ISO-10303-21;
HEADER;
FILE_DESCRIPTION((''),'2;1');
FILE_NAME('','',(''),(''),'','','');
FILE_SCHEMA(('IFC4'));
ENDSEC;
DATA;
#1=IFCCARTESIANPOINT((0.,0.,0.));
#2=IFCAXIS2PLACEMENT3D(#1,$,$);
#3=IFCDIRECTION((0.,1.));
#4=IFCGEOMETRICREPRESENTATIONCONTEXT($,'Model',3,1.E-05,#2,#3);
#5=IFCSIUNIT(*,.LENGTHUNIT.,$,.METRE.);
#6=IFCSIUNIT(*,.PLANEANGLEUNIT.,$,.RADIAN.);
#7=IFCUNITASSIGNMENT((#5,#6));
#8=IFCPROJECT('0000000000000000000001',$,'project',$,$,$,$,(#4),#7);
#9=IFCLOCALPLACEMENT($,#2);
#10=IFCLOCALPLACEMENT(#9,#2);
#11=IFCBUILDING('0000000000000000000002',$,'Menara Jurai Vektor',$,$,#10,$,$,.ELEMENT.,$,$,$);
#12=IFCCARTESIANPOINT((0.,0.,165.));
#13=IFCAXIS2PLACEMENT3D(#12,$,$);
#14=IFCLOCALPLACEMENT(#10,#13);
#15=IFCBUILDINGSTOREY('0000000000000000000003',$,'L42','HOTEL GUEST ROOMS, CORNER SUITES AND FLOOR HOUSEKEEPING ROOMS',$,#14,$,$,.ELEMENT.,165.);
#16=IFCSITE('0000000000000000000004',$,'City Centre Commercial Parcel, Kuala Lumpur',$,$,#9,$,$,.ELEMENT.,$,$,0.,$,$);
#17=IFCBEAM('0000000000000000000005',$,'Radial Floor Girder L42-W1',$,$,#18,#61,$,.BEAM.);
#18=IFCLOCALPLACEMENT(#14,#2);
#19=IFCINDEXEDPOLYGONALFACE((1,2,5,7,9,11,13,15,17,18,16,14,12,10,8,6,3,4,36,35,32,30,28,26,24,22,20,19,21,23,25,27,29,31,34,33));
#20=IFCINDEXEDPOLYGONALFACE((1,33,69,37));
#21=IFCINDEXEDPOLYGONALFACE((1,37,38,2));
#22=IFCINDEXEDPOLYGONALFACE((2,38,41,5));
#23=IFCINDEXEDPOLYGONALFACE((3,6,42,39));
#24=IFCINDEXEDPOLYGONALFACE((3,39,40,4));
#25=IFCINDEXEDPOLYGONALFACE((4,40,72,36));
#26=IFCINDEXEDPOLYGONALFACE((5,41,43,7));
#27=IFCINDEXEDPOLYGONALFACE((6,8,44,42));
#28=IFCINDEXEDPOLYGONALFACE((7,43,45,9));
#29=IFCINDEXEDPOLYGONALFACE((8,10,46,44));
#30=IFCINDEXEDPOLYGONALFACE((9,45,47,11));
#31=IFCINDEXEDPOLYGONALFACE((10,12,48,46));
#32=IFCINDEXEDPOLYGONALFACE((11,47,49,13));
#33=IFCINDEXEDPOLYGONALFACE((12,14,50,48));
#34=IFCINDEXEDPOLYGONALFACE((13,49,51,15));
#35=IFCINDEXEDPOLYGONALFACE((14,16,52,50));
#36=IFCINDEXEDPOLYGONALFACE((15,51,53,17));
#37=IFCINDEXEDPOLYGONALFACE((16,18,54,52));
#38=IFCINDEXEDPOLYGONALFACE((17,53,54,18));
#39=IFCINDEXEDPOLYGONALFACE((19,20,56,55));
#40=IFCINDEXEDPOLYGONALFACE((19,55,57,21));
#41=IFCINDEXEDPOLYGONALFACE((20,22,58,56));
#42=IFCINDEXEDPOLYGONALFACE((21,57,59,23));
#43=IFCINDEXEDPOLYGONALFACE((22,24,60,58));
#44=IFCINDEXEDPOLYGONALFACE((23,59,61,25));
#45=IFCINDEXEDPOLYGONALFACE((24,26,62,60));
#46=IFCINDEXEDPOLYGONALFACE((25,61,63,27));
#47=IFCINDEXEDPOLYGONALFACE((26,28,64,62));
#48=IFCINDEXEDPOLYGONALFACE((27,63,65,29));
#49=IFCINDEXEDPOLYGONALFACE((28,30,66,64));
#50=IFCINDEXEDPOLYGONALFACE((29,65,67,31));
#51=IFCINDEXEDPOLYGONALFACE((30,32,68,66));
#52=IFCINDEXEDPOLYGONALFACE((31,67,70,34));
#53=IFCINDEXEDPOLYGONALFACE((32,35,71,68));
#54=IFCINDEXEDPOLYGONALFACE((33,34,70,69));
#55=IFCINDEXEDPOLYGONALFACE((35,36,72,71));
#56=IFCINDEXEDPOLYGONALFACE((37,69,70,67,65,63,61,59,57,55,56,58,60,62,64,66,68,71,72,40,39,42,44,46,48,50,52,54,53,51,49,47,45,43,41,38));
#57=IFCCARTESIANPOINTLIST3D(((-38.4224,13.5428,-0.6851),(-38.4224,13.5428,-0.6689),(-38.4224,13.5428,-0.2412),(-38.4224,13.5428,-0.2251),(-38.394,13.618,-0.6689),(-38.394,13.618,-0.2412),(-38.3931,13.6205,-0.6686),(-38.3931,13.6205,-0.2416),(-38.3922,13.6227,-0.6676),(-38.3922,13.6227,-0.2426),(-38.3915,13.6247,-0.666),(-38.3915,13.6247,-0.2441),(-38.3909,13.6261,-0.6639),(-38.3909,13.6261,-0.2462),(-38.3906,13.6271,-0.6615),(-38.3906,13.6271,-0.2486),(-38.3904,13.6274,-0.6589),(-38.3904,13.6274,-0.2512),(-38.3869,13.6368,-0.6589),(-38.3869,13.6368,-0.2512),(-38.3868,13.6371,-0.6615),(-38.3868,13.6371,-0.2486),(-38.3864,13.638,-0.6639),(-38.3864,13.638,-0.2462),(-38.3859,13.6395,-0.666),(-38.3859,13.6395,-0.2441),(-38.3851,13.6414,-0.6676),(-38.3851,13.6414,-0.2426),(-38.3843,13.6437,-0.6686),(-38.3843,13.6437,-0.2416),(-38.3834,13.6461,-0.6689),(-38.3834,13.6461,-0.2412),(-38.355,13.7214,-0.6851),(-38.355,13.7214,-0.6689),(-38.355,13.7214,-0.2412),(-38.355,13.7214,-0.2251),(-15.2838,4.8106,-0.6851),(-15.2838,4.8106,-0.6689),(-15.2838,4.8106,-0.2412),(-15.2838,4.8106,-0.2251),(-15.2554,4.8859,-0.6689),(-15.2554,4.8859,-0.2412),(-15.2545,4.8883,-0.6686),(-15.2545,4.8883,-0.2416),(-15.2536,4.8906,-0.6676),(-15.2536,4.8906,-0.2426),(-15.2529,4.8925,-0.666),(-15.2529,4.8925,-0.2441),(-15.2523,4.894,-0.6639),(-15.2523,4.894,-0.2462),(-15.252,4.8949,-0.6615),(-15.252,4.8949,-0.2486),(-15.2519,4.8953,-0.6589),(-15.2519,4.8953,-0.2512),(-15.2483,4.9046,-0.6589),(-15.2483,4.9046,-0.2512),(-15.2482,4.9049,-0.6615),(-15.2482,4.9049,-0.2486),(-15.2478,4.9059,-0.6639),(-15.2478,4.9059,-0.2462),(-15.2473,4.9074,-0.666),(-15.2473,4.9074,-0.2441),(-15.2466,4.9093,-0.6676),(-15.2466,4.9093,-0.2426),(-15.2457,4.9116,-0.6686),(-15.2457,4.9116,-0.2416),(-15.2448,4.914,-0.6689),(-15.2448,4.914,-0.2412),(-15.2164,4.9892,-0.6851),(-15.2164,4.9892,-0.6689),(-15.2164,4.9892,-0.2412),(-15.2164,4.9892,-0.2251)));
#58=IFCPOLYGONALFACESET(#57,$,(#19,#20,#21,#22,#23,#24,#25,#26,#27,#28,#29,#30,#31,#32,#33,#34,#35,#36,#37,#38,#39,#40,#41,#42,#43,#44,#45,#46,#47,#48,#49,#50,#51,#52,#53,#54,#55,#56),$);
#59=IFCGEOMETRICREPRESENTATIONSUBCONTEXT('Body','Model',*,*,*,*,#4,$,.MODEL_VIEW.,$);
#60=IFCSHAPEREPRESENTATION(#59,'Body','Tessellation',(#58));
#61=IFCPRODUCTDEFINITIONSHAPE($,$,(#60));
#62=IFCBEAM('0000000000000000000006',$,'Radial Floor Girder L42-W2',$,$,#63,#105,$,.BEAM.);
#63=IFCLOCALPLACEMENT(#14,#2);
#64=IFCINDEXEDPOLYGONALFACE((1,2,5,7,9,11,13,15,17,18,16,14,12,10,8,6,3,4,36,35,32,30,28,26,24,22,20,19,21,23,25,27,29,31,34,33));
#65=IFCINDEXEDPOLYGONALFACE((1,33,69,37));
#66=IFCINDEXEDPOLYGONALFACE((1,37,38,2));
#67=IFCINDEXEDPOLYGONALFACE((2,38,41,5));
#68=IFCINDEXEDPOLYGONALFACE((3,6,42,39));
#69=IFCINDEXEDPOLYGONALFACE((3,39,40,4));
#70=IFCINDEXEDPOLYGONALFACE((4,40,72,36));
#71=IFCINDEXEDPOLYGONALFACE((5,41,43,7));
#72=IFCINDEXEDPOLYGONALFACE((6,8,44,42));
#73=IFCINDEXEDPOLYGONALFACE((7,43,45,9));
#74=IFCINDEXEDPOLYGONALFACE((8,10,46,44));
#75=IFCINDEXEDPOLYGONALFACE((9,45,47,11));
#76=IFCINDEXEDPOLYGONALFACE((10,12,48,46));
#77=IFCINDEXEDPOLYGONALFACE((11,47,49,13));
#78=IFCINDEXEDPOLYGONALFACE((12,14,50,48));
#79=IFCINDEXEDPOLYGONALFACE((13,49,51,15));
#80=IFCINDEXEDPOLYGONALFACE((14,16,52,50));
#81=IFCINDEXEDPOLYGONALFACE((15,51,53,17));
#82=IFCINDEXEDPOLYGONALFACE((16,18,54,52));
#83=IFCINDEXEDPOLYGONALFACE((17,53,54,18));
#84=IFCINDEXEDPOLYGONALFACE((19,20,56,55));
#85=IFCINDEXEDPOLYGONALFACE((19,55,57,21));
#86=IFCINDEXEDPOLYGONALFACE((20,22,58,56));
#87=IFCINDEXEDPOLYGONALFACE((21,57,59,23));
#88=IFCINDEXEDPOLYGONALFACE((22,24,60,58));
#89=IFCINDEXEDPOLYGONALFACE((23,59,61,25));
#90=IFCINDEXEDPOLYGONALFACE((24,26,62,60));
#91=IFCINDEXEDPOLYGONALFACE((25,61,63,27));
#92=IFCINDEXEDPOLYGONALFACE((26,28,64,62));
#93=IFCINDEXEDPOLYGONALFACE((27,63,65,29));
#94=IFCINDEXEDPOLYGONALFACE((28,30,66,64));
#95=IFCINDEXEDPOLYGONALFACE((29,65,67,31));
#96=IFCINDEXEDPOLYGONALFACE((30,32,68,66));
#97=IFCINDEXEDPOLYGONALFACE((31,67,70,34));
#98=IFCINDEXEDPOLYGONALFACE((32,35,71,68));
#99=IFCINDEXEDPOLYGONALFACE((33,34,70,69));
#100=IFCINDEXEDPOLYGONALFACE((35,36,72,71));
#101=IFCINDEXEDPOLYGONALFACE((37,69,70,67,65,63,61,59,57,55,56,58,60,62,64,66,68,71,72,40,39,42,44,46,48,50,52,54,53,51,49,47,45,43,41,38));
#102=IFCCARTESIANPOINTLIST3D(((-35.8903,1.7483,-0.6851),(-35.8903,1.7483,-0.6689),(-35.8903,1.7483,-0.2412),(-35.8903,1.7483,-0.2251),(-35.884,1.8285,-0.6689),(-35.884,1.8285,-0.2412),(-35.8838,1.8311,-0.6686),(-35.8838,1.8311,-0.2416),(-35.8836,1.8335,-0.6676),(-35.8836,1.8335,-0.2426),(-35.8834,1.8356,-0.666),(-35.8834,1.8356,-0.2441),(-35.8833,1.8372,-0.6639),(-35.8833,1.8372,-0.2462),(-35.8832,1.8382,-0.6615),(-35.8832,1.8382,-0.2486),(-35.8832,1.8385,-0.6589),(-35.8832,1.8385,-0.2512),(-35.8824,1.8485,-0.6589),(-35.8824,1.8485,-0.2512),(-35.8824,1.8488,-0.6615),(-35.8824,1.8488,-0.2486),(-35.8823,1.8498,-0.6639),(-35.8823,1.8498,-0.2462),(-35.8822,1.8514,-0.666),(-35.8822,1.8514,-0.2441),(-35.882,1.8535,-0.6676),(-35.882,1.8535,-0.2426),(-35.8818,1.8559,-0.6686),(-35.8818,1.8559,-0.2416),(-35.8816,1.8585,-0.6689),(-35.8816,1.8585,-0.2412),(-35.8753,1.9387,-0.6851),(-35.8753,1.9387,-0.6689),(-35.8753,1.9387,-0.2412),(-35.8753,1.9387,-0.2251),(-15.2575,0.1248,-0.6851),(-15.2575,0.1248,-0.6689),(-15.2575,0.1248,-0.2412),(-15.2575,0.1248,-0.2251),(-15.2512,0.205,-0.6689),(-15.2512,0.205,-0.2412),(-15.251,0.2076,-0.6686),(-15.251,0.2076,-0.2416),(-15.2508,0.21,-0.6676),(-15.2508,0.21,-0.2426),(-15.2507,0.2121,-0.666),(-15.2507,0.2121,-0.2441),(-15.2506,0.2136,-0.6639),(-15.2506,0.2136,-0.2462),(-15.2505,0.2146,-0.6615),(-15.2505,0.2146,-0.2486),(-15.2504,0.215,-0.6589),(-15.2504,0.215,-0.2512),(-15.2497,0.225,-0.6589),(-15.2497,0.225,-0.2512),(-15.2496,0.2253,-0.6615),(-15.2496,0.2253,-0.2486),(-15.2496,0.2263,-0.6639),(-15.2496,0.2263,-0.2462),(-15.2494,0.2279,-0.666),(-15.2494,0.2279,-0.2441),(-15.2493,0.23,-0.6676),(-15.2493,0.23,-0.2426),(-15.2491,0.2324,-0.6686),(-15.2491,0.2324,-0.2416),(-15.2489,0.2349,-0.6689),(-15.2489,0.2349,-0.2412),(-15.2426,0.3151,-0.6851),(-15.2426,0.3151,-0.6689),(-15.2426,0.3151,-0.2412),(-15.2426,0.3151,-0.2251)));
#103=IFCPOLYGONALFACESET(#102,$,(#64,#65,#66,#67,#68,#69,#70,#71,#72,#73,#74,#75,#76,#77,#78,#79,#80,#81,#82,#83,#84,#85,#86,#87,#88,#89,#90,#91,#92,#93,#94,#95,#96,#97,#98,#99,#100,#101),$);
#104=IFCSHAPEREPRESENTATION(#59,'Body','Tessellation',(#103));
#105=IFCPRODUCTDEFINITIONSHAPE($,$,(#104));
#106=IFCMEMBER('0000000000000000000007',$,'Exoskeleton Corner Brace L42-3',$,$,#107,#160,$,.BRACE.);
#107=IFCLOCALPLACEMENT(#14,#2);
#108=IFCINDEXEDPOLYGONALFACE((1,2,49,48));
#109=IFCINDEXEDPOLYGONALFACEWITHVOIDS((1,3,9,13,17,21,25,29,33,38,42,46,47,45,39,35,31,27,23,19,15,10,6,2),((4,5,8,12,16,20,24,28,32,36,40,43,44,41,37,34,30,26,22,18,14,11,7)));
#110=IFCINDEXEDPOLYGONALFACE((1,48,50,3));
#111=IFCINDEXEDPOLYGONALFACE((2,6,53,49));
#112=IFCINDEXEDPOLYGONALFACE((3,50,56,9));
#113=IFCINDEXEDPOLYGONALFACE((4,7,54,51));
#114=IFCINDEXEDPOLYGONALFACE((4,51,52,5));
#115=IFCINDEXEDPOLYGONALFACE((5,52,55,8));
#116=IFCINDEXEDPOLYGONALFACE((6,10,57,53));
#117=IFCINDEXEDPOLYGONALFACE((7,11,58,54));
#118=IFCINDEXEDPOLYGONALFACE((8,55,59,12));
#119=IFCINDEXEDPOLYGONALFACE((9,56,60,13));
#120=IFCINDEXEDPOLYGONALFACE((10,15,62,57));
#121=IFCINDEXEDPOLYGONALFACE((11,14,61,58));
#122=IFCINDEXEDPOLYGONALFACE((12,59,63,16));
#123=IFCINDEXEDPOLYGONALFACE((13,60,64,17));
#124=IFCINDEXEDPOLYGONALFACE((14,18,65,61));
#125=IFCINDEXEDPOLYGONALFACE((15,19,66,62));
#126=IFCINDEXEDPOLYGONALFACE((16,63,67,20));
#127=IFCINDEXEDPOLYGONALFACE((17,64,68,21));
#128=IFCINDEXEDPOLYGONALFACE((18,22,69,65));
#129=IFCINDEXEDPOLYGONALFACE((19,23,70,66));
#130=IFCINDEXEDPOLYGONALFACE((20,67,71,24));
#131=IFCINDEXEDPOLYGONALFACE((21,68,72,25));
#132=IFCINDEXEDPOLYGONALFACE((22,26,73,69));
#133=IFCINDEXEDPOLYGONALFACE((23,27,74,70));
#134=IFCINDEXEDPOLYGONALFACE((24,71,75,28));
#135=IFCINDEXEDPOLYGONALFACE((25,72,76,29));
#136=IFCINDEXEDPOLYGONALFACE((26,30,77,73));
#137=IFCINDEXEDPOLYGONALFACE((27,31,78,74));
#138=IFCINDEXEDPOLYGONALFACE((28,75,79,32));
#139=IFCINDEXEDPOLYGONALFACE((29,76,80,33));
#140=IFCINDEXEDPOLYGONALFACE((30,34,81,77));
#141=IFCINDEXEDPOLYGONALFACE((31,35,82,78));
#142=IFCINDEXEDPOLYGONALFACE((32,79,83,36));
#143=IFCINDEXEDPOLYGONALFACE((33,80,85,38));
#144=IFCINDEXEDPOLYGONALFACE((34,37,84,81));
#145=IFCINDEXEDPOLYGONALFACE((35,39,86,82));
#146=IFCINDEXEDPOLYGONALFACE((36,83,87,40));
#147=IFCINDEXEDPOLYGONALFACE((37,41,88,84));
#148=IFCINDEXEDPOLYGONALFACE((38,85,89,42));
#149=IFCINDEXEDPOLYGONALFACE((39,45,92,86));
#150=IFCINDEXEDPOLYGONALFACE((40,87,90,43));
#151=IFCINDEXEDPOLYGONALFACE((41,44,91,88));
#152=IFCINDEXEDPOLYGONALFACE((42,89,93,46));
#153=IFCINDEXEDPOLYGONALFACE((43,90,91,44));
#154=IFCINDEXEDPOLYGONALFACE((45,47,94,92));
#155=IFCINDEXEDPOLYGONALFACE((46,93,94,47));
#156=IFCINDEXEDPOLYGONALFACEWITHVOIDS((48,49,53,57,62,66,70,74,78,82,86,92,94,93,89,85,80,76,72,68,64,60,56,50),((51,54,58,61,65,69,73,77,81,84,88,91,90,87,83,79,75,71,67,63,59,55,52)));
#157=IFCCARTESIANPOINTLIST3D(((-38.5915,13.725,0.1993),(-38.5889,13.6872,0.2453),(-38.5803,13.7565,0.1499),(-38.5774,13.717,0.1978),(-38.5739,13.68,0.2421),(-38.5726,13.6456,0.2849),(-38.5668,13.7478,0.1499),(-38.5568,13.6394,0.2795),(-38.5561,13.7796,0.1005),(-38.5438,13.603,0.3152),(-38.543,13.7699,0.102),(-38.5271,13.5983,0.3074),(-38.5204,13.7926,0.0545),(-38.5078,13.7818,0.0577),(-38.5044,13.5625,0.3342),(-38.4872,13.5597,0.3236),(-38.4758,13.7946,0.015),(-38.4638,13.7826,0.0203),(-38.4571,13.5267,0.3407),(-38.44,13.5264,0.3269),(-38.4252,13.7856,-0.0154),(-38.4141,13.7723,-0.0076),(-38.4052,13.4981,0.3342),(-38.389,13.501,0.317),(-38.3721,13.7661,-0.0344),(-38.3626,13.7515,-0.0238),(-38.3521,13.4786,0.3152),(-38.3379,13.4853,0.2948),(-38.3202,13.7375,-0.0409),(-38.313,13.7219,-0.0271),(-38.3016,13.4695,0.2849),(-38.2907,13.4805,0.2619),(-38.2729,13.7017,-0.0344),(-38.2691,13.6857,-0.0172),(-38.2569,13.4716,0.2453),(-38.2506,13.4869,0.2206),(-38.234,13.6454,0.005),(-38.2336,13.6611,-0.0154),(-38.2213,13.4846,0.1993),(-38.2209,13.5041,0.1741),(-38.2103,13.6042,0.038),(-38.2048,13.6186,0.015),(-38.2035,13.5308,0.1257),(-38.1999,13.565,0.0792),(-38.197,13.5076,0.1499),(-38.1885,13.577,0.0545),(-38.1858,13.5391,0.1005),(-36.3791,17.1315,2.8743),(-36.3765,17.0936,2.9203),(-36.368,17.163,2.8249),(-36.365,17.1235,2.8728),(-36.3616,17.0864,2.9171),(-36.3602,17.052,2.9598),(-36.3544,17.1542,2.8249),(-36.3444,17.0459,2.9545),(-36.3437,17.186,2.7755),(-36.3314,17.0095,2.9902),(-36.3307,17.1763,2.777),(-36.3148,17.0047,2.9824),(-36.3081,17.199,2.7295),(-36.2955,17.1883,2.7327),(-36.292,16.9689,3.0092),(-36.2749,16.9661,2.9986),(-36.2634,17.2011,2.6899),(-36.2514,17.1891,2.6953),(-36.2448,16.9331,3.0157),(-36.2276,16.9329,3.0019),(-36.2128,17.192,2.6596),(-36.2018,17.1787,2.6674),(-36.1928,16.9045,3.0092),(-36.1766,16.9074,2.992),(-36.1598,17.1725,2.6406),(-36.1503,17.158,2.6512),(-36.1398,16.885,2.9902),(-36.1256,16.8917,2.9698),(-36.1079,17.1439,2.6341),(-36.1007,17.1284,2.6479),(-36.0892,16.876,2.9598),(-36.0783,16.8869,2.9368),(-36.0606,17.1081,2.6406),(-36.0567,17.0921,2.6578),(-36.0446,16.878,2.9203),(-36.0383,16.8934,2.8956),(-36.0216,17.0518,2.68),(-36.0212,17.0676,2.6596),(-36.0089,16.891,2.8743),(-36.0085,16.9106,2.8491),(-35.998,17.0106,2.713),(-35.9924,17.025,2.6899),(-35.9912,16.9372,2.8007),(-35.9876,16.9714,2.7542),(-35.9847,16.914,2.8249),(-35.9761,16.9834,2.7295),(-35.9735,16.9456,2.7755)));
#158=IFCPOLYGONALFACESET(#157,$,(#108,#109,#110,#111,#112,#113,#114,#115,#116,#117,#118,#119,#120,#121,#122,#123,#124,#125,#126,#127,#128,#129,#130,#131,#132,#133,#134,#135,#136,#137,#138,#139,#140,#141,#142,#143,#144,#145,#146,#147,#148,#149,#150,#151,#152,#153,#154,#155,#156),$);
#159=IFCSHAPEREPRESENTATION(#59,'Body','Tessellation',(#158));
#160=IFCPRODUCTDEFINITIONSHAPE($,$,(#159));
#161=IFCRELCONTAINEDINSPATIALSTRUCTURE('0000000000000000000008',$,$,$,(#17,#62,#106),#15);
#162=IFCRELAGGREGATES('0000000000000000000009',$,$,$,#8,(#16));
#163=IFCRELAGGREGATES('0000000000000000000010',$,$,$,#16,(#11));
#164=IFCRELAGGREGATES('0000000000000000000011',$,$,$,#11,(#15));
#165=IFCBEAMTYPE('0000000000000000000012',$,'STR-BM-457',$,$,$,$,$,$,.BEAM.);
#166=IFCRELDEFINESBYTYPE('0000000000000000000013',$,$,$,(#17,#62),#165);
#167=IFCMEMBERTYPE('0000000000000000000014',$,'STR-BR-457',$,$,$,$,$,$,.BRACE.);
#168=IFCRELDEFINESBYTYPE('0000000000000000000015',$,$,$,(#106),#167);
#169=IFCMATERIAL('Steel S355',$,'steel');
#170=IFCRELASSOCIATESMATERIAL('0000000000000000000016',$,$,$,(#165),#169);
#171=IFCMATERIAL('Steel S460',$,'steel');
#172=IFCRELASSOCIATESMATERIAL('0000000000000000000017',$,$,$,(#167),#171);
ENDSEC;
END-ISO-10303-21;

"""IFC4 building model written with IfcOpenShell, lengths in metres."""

from ifc_helpers import new_model, si_unit, direction, frame, origin, origin_2d, place, context, subcontext, project, spatial, hollow_circle, i_section, extrude, material, material_profile, profile_set, type_object, element, save


model = new_model("IFC4")

# Units and contexts
model_context = context("Model", 3, precision=1e-05, world=origin(), true_north=direction((0.0, 1.0)))
body_context = subcontext(model_context, "Body", "Model", "MODEL_VIEW")
ifc_project = project(units=[si_unit("LENGTHUNIT", "METRE"), si_unit("PLANEANGLEUNIT", "RADIAN")], contexts=[model_context])

# Site, building, storey
site_placement = place(None, origin())
site = spatial("IfcSite", under=ifc_project, at=site_placement, Name="City Centre Commercial Parcel, Kuala Lumpur", CompositionType="ELEMENT", RefElevation=0.0)
building_placement = place(site_placement, origin())
building = spatial("IfcBuilding", under=site, at=building_placement, Name="Menara Jurai Vektor", CompositionType="ELEMENT")
storey_placement = place(building_placement, frame((0.0, 0.0, 165.0)))
storey = spatial("IfcBuildingStorey", under=building, at=storey_placement, Name="L42", Description="HOTEL GUEST ROOMS, CORNER SUITES AND FLOOR HOUSEKEEPING ROOMS", CompositionType="ELEMENT", Elevation=165.0)

# Shared definitions
ifc_material_1 = material(Name="Steel S460", Category="steel")

# Beams
ifc_material_2 = material(Name="Steel S355", Category="steel")
ifc_material_profile_1 = material_profile(ifc_material_2, i_section(OverallWidth=0.1909, OverallDepth=0.46, WebThickness=0.01, FlangeThickness=0.0161, FilletRadius=0.01, at=origin_2d()), Name="UKB 457x191x82")
ifc_profile_set_1 = profile_set([ifc_material_profile_1], Name="Steel S355")
beam_type_1 = type_object("IfcBeamType", Name="STR-BM-457", PredefinedType="BEAM", material=ifc_profile_set_1)
beam_1_placement = place(storey_placement, frame((-38.3887, 13.6321, -0.4551), z_axis=(0.935594, -0.353079, 0.0), x_axis=(0.353079, 0.935594, 0.0)))
element("IfcBeam", 1, at=beam_1_placement, inside=storey, type_object=beam_type_1, Name="Radial Floor Girder L42-W1", PredefinedType="BEAM", context=body_context, shape_type="SweptSolid", body=[
    extrude(i_section(OverallWidth=0.1909, OverallDepth=0.46, WebThickness=0.01, FlangeThickness=0.0161, FilletRadius=0.01, at=origin_2d()), origin(), (0.0, 0.0, 1.0), 24.7314),
])
beam_2_placement = place(storey_placement, frame((-35.8828, 1.8435, -0.4551), z_axis=(0.996918, -0.078445, 0.0), x_axis=(0.078445, 0.996918, 0.0)))
element("IfcBeam", 2, at=beam_2_placement, inside=storey, type_object=beam_type_1, Name="Radial Floor Girder L42-W2", PredefinedType="BEAM", context=body_context, shape_type="SweptSolid", body=[
    extrude(i_section(OverallWidth=0.1909, OverallDepth=0.46, WebThickness=0.01, FlangeThickness=0.0161, FilletRadius=0.01, at=origin_2d()), origin(), (0.0, 0.0, 1.0), 20.6965),
])

# Member
ifc_material_profile_2 = material_profile(ifc_material_1, hollow_circle(Radius=0.2285, WallThickness=0.0161, at=origin_2d()), Name="CHS 457x16")
ifc_profile_set_2 = profile_set([ifc_material_profile_2], Name="Steel S460")
member_type_1 = type_object("IfcMemberType", Name="STR-BR-457", PredefinedType="BRACE", material=ifc_profile_set_2)
member_1_placement = place(storey_placement, frame((-38.3887, 13.6321, 0.1499), z_axis=(0.454888, 0.700403, 0.550012), x_axis=(-0.838648, 0.544674, 0.0)))
element("IfcMember", 3, at=member_1_placement, inside=storey, type_object=member_type_1, Name="Exoskeleton Corner Brace L42-3", PredefinedType="BRACE", context=body_context, shape_type="SweptSolid", body=[
    extrude(hollow_circle(Radius=0.2285, WallThickness=0.0161, at=origin_2d()), origin(), (0.0, 0.0, 1.0), 4.8635),
])

save(model, "model.ifc")
